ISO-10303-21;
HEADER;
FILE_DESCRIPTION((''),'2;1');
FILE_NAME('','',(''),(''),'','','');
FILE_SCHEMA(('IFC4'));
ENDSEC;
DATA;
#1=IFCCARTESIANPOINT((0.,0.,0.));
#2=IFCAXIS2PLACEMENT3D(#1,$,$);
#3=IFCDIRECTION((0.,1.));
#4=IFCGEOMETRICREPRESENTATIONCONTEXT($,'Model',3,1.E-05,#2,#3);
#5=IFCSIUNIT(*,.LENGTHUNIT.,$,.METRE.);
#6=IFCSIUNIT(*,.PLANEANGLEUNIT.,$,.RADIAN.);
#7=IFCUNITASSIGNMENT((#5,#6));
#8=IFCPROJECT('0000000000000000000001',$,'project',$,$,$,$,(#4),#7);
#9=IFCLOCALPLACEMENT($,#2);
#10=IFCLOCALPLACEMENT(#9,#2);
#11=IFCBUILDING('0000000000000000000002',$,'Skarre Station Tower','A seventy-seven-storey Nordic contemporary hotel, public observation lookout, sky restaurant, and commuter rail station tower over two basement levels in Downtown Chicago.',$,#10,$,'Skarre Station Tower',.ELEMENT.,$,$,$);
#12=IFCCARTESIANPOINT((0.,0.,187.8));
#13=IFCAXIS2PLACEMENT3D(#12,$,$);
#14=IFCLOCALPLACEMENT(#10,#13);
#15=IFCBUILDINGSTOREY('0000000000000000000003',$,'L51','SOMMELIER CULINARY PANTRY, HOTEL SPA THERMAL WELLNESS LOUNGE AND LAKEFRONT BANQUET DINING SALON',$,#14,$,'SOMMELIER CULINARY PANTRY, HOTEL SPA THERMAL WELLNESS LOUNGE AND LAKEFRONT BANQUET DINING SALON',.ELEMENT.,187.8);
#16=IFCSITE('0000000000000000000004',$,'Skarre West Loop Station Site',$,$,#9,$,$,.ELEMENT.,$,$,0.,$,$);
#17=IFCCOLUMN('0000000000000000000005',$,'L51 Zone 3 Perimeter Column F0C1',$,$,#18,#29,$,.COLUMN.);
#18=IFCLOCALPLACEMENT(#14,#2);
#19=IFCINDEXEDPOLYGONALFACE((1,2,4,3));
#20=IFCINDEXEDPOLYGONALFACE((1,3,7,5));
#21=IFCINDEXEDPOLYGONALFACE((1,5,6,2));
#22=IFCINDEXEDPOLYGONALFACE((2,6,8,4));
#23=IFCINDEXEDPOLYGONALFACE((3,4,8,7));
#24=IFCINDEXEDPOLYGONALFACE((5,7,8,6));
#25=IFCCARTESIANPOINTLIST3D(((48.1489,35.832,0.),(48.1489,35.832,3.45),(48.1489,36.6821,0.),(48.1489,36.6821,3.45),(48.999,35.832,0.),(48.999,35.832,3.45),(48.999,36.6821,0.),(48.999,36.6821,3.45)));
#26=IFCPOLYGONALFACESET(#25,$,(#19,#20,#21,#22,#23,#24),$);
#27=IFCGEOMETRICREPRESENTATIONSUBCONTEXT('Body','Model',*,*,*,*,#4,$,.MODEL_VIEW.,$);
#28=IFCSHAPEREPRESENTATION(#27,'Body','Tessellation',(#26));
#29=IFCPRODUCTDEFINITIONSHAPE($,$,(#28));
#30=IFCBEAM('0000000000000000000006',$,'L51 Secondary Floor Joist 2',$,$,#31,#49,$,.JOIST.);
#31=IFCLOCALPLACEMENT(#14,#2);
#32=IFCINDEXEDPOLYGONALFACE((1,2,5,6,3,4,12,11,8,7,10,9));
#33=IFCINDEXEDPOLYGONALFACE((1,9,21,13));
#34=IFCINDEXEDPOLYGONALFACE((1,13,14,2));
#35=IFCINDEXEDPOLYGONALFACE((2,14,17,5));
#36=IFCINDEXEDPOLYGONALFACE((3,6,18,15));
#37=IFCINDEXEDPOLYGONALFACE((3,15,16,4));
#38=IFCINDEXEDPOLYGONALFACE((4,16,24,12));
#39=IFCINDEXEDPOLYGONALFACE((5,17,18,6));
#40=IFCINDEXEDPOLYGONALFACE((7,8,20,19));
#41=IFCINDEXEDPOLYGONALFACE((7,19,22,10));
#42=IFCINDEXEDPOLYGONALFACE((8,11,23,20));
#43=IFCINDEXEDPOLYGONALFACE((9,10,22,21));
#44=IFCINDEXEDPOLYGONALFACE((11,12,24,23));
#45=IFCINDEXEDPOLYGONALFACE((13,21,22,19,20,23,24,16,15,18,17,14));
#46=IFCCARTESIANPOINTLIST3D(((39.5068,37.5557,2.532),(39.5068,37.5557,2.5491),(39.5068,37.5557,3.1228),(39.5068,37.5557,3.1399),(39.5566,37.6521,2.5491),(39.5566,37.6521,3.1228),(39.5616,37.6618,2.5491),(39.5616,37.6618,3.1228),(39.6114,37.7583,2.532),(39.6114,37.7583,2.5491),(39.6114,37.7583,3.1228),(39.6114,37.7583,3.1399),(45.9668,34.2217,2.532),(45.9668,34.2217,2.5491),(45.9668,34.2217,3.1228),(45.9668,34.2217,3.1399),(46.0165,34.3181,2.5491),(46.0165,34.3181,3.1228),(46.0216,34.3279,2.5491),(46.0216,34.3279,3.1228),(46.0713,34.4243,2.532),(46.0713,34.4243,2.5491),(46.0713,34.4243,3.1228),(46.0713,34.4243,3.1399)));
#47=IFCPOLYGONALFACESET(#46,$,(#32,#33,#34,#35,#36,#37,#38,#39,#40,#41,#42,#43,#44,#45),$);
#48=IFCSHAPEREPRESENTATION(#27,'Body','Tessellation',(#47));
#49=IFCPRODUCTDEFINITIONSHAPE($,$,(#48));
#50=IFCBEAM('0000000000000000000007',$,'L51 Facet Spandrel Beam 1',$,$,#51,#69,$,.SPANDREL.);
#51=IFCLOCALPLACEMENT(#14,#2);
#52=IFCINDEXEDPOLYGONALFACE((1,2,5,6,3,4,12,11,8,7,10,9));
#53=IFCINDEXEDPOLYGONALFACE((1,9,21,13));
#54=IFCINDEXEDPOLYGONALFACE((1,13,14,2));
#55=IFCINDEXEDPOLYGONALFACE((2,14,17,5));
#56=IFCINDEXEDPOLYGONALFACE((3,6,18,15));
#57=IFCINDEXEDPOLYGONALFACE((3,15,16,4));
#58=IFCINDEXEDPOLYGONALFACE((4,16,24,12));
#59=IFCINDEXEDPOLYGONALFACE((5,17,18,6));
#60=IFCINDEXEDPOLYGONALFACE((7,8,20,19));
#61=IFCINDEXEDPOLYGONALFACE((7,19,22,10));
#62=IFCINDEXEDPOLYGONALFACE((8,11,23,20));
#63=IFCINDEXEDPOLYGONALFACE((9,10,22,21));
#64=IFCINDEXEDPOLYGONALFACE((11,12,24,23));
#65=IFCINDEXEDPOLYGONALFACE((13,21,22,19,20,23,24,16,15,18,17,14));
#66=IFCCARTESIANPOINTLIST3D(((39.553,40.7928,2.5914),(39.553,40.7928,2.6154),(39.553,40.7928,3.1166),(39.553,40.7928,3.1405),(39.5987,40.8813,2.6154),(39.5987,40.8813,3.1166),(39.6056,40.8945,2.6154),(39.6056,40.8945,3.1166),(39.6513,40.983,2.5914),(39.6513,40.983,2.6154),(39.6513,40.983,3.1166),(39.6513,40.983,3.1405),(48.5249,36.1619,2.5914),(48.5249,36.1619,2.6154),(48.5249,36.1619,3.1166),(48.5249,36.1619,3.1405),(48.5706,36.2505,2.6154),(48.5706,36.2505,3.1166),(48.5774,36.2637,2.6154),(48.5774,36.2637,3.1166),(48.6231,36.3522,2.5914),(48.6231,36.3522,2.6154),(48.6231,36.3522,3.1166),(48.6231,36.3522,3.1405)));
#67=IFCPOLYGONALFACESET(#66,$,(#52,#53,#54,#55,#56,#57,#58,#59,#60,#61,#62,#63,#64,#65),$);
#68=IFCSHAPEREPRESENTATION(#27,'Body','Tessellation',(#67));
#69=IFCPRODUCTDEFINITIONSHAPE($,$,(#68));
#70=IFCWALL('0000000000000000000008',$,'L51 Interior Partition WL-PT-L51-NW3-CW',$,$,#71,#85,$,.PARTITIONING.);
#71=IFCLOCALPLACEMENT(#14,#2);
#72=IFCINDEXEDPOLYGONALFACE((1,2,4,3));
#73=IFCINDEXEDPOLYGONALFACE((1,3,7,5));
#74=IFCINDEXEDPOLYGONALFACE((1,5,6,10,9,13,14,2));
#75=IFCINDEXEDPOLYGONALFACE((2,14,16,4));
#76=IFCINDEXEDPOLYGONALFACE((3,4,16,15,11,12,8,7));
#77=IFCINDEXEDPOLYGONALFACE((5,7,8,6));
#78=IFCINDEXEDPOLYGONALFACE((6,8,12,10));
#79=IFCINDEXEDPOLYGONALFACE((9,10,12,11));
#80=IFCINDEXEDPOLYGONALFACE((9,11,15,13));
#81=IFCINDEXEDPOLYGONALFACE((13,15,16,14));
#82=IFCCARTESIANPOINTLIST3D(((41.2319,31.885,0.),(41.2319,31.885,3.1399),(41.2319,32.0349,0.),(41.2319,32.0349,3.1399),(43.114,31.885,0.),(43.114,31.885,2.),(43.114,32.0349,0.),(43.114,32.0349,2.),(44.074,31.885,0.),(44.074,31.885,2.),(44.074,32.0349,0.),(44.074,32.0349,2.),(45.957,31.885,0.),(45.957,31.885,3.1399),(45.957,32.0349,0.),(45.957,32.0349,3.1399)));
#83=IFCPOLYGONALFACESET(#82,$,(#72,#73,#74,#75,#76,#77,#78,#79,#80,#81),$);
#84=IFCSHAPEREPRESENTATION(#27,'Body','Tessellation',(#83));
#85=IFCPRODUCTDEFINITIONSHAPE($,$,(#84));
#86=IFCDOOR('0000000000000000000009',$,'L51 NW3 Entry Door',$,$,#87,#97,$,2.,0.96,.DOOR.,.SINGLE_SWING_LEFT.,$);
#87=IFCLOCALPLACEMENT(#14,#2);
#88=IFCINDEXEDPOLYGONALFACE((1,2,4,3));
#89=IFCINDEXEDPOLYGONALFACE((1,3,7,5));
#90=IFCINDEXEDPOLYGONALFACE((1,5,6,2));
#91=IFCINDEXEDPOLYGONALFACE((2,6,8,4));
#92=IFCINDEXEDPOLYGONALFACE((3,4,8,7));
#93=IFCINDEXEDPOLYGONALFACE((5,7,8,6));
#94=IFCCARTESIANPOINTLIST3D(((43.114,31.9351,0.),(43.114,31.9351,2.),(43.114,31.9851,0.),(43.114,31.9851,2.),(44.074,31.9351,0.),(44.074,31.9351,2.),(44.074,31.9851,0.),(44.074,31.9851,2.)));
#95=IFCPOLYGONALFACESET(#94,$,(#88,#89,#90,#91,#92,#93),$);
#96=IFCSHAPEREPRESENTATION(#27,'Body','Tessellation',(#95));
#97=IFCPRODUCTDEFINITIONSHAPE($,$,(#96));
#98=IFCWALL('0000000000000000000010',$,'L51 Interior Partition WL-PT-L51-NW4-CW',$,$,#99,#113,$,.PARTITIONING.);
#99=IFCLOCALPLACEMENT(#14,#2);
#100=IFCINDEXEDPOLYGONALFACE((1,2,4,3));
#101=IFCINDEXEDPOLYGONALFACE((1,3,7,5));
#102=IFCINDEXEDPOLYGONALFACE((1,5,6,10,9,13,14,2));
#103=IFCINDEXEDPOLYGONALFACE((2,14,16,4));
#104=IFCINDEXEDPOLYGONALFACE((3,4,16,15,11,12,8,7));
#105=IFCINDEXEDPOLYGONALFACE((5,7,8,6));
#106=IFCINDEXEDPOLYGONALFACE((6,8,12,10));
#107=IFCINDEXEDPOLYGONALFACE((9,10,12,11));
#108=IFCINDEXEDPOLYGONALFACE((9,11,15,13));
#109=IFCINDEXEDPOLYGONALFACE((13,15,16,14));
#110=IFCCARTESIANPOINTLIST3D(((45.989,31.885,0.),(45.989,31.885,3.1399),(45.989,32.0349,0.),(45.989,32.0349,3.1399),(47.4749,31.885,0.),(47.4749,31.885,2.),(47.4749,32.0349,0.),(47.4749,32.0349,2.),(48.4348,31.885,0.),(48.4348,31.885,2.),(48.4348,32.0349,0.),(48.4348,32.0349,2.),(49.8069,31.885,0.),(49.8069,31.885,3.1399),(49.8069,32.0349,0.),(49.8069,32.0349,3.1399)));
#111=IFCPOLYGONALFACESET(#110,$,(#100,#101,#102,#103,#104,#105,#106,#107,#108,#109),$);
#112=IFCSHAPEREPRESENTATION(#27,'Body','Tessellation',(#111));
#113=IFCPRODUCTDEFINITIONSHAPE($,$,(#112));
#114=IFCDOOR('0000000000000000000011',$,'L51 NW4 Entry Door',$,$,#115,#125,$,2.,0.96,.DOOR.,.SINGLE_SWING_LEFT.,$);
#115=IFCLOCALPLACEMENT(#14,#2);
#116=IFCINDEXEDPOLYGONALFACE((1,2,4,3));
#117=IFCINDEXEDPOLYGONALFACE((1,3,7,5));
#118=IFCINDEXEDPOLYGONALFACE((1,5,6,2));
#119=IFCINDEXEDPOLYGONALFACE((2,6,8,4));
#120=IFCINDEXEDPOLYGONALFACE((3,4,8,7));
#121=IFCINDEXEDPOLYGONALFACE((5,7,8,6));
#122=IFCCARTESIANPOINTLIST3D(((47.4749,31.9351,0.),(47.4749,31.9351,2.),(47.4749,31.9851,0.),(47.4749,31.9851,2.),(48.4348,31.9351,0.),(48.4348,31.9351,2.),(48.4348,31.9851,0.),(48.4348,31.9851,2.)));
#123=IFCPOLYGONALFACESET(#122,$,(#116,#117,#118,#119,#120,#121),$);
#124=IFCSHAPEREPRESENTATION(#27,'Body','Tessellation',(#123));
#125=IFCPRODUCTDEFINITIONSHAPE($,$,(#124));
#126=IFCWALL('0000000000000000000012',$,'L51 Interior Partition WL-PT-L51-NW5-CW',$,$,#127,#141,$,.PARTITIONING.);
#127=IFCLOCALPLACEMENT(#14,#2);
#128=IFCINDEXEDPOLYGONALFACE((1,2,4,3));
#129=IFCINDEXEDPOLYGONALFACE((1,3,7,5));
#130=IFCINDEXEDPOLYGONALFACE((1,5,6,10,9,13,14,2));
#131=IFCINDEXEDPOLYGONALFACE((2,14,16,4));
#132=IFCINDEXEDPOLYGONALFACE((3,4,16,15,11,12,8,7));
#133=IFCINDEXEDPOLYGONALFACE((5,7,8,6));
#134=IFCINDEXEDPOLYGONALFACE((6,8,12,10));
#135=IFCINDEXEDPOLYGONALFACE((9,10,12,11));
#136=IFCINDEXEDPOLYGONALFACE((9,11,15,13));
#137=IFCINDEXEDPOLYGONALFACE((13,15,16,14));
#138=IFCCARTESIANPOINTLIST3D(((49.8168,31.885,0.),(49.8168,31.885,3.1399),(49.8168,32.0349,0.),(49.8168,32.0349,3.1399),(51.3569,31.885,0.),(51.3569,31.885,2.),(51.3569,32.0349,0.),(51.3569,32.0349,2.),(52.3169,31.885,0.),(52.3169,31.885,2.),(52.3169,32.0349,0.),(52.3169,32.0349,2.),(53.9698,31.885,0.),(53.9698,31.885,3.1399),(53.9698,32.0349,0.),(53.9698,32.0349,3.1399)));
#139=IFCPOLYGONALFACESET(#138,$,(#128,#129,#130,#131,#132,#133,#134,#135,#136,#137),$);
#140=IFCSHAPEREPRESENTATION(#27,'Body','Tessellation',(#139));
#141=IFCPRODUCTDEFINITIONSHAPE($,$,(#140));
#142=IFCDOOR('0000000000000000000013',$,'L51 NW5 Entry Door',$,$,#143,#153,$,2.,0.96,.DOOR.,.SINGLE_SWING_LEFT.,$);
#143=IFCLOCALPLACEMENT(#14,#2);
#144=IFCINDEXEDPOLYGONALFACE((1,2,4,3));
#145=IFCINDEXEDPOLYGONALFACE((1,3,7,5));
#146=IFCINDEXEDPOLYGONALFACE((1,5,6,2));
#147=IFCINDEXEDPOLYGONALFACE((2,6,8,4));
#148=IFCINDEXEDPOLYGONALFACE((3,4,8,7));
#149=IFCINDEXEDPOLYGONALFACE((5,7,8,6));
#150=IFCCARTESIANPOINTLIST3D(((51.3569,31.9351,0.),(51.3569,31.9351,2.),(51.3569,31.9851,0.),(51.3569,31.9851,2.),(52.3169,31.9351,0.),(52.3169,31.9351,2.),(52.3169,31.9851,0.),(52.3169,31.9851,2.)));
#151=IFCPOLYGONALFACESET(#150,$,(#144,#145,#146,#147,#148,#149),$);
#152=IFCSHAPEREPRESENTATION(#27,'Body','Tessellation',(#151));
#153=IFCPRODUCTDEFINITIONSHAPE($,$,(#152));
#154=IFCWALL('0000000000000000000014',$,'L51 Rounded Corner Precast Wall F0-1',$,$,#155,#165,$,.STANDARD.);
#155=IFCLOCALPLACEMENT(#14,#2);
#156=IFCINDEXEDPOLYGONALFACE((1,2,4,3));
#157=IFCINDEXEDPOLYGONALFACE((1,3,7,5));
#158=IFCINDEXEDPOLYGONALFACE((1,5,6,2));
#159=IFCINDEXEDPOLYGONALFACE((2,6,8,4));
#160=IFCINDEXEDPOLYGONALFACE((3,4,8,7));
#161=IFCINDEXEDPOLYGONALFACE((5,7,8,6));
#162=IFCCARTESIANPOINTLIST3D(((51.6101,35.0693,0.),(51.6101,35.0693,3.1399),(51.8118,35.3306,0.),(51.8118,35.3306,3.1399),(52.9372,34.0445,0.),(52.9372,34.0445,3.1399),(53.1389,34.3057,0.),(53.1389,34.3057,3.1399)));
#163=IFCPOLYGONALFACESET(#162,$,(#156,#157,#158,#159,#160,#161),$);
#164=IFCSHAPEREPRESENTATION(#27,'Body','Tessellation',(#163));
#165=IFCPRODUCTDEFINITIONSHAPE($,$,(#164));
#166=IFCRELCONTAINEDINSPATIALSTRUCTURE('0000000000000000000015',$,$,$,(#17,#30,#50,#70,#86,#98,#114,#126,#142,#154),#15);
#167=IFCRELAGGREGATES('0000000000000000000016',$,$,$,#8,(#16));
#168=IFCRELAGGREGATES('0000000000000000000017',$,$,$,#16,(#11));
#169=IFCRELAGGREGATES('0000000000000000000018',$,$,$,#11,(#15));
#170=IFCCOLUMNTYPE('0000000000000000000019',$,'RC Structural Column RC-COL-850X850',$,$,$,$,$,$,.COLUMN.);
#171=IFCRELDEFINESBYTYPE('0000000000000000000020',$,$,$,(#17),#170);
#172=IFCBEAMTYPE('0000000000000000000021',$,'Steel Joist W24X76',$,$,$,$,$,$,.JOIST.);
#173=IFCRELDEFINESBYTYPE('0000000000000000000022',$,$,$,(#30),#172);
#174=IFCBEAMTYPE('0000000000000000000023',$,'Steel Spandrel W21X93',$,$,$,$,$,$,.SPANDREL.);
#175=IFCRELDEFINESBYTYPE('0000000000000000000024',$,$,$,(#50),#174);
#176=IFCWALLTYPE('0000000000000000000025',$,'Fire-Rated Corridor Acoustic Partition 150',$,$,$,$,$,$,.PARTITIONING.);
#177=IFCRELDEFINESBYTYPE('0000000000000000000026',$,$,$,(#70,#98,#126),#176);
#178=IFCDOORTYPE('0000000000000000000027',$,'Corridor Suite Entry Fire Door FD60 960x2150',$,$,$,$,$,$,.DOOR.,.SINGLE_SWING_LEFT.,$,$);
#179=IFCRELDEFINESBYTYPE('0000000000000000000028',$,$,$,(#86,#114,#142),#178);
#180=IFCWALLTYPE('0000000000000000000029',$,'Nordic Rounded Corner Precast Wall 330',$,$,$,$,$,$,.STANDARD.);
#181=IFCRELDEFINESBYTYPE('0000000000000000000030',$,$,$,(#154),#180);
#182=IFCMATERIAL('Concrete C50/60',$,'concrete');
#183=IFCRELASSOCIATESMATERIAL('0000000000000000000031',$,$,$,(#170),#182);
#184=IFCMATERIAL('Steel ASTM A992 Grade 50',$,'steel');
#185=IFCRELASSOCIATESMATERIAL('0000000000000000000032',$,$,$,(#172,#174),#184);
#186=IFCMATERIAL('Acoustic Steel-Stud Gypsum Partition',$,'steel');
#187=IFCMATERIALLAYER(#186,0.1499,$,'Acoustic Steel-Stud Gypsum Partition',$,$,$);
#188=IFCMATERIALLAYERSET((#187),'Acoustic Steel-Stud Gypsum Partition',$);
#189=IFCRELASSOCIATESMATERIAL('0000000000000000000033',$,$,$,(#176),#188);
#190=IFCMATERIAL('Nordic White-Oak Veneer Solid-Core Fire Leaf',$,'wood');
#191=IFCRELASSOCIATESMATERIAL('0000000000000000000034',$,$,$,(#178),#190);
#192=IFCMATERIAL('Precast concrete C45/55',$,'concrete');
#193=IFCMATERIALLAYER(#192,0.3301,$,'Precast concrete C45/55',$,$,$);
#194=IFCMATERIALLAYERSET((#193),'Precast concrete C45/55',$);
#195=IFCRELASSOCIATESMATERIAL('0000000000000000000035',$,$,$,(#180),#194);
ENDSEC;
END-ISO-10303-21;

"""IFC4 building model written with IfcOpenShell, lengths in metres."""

from ifc_helpers import new_model, si_unit, direction, frame, frame_2d, origin, origin_2d, place, context, subcontext, project, spatial, rectangle, i_section, extrude, material, layer, layer_set, material_profile, profile_set, type_object, element, fill, save


model = new_model("IFC4")

# Units and contexts
model_context = context("Model", 3, precision=1e-05, world=origin(), true_north=direction((0.0, 1.0)))
body_context = subcontext(model_context, "Body", "Model", "MODEL_VIEW")
ifc_project = project(units=[si_unit("LENGTHUNIT", "METRE"), si_unit("PLANEANGLEUNIT", "RADIAN")], contexts=[model_context])

# Site, building, storey
site_placement = place(None, origin())
site = spatial("IfcSite", under=ifc_project, at=site_placement, Name="Skarre West Loop Station Site", CompositionType="ELEMENT", RefElevation=0.0)
building_placement = place(site_placement, origin())
building = spatial("IfcBuilding", under=site, at=building_placement, Name="Skarre Station Tower", Description="A seventy-seven-storey Nordic contemporary hotel, public observation lookout, sky restaurant, and commuter rail station tower over two basement levels in Downtown Chicago.", LongName="Skarre Station Tower", CompositionType="ELEMENT")
storey_placement = place(building_placement, frame((0.0, 0.0, 187.8)))
storey = spatial("IfcBuildingStorey", under=building, at=storey_placement, Name="L51", Description="SOMMELIER CULINARY PANTRY, HOTEL SPA THERMAL WELLNESS LOUNGE AND LAKEFRONT BANQUET DINING SALON", LongName="SOMMELIER CULINARY PANTRY, HOTEL SPA THERMAL WELLNESS LOUNGE AND LAKEFRONT BANQUET DINING SALON", CompositionType="ELEMENT", Elevation=187.8)

# Column
ifc_material_1 = material(Name="Concrete C50/60", Category="concrete")
ifc_material_profile_1 = material_profile(ifc_material_1, rectangle(XDim=0.8501, YDim=0.8501, at=origin_2d()), Name="Concrete C50/60")
ifc_profile_set_1 = profile_set([ifc_material_profile_1], Name="Concrete C50/60")
column_type = type_object("IfcColumnType", Name="RC Structural Column RC-COL-850X850", PredefinedType="COLUMN", material=ifc_profile_set_1)
column_placement = place(storey_placement, frame((48.574, 36.2571, 0.0), z_axis=(0.0, 0.0, 1.0), x_axis=(1.0, 0.0, 0.0)))
element("IfcColumn", 1, at=column_placement, inside=storey, type_object=column_type, Name="L51 Zone 3 Perimeter Column F0C1", PredefinedType="COLUMN", context=body_context, shape_type="SweptSolid", body=[
    extrude(rectangle(XDim=0.8501, YDim=0.8501, at=origin_2d()), origin(), (0.0, 0.0, 1.0), 3.45),
])

# Beams
ifc_material_2 = material(Name="Steel ASTM A992 Grade 50", Category="steel")
ifc_material_profile_2 = material_profile(ifc_material_2, i_section(OverallWidth=0.228, OverallDepth=0.6079, WebThickness=0.011, FlangeThickness=0.0171, at=origin_2d()), Name="Steel ASTM A992 Grade 50")
ifc_profile_set_2 = profile_set([ifc_material_profile_2], Name="Steel ASTM A992 Grade 50")
beam_type_1 = type_object("IfcBeamType", Name="Steel Joist W24X76", PredefinedType="JOIST", material=ifc_profile_set_2)
beam_1_placement = place(storey_placement, frame((46.019, 34.323, 2.8359), z_axis=(-0.888631, 0.458622, 0.0), x_axis=(-0.458622, -0.888631, 0.0)))
element("IfcBeam", 2, at=beam_1_placement, inside=storey, type_object=beam_type_1, Name="L51 Secondary Floor Joist 2", PredefinedType="JOIST", context=body_context, shape_type="SweptSolid", body=[
    extrude(i_section(OverallWidth=0.228, OverallDepth=0.6079, WebThickness=0.011, FlangeThickness=0.0171, at=origin_2d()), origin(), (0.0, 0.0, 1.0), 7.2695),
])
ifc_material_profile_3 = material_profile(ifc_material_2, i_section(OverallWidth=0.2141, OverallDepth=0.5491, WebThickness=0.0149, FlangeThickness=0.0239, at=origin_2d()), Name="Steel ASTM A992 Grade 50")
ifc_profile_set_3 = profile_set([ifc_material_profile_3], Name="Steel ASTM A992 Grade 50")
beam_type_2 = type_object("IfcBeamType", Name="Steel Spandrel W21X93", PredefinedType="SPANDREL", material=ifc_profile_set_3)
beam_2_placement = place(storey_placement, frame((48.574, 36.2571, 2.866), z_axis=(-0.888613, 0.458658, 0.0), x_axis=(-0.458658, -0.888613, 0.0)))
element("IfcBeam", 3, at=beam_2_placement, inside=storey, type_object=beam_type_2, Name="L51 Facet Spandrel Beam 1", PredefinedType="SPANDREL", context=body_context, shape_type="SweptSolid", body=[
    extrude(i_section(OverallWidth=0.2141, OverallDepth=0.5491, WebThickness=0.0149, FlangeThickness=0.0239, at=origin_2d()), origin(), (0.0, 0.0, 1.0), 10.0964),
])

# Walls, openings, doors
ifc_material_3 = material(Name="Acoustic Steel-Stud Gypsum Partition", Category="steel")
ifc_layer_1 = layer(ifc_material_3, 0.1499, Name="Acoustic Steel-Stud Gypsum Partition")
ifc_layer_set_1 = layer_set([ifc_layer_1], Name="Acoustic Steel-Stud Gypsum Partition")
wall_type_1 = type_object("IfcWallType", Name="Fire-Rated Corridor Acoustic Partition 150", PredefinedType="PARTITIONING", material=ifc_layer_set_1)
wall_1_placement = place(storey_placement, frame((45.957, 31.96, 0.0), z_axis=(0.0, 0.0, 1.0), x_axis=(-1.0, 0.0, 0.0)))
wall_1 = element("IfcWall", 4, at=wall_1_placement, inside=storey, type_object=wall_type_1, Name="L51 Interior Partition WL-PT-L51-NW3-CW", PredefinedType="PARTITIONING", context=body_context, shape_type="SweptSolid", body=[
    extrude(rectangle(XDim=4.7251, YDim=0.1499, at=frame_2d((2.3625, 0.0))), origin(), (0.0, 0.0, 1.0), 3.1399),
])
opening_1_placement = place(wall_1_placement, frame((1.8831, 0.0, 0.0)))
opening_1 = element("IfcOpeningElement", 5, at=opening_1_placement, cuts=wall_1, PredefinedType="OPENING", context=body_context, shape_type="SweptSolid", body=[
    extrude(rectangle(XDim=0.96, YDim=2.0, at=frame_2d((0.48, 1.0))), frame((0.0, 0.085, 0.0), z_axis=(0.0, -1.0, 0.0), x_axis=(1.0, 0.0, 0.0)), (0.0, 0.0, 1.0), 0.1699),
])
ifc_material_4 = material(Name="Nordic White-Oak Veneer Solid-Core Fire Leaf", Category="wood")
door_type = type_object("IfcDoorType", Name="Corridor Suite Entry Fire Door FD60 960x2150", OperationType="SINGLE_SWING_LEFT", PredefinedType="DOOR", material=ifc_material_4)
door_1_placement = place(opening_1_placement, origin())
door_1 = element("IfcDoor", 6, at=door_1_placement, inside=storey, type_object=door_type, Name="L51 NW3 Entry Door", OperationType="SINGLE_SWING_LEFT", OverallHeight=2.0, OverallWidth=0.96, PredefinedType="DOOR", context=body_context, shape_type="SweptSolid", body=[
    extrude(rectangle(XDim=0.96, YDim=2.0, at=frame_2d((0.48, 1.0))), frame((0.0, 0.0249, 0.0), z_axis=(0.0, -1.0, 0.0), x_axis=(1.0, 0.0, 0.0)), (0.0, 0.0, 1.0), 0.05),
])
fill(opening_1, door_1)
wall_2_placement = place(storey_placement, frame((49.8069, 31.96, 0.0), z_axis=(0.0, 0.0, 1.0), x_axis=(-1.0, 0.0, 0.0)))
wall_2 = element("IfcWall", 7, at=wall_2_placement, inside=storey, type_object=wall_type_1, Name="L51 Interior Partition WL-PT-L51-NW4-CW", PredefinedType="PARTITIONING", context=body_context, shape_type="SweptSolid", body=[
    extrude(rectangle(XDim=3.8179, YDim=0.1499, at=frame_2d((1.9089, 0.0))), origin(), (0.0, 0.0, 1.0), 3.1399),
])
opening_2_placement = place(wall_2_placement, frame((1.3721, 0.0, 0.0)))
opening_2 = element("IfcOpeningElement", 8, at=opening_2_placement, cuts=wall_2, PredefinedType="OPENING", context=body_context, shape_type="SweptSolid", body=[
    extrude(rectangle(XDim=0.96, YDim=2.0, at=frame_2d((0.48, 1.0))), frame((0.0, 0.085, 0.0), z_axis=(0.0, -1.0, 0.0), x_axis=(1.0, 0.0, 0.0)), (0.0, 0.0, 1.0), 0.1699),
])
door_2_placement = place(opening_2_placement, origin())
door_2 = element("IfcDoor", 9, at=door_2_placement, inside=storey, type_object=door_type, Name="L51 NW4 Entry Door", OperationType="SINGLE_SWING_LEFT", OverallHeight=2.0, OverallWidth=0.96, PredefinedType="DOOR", context=body_context, shape_type="SweptSolid", body=[
    extrude(rectangle(XDim=0.96, YDim=2.0, at=frame_2d((0.48, 1.0))), frame((0.0, 0.0249, 0.0), z_axis=(0.0, -1.0, 0.0), x_axis=(1.0, 0.0, 0.0)), (0.0, 0.0, 1.0), 0.05),
])
fill(opening_2, door_2)
wall_3_placement = place(storey_placement, frame((53.97, 31.96, 0.0), z_axis=(0.0, 0.0, 1.0), x_axis=(-1.0, 0.0, 0.0)))
wall_3 = element("IfcWall", 10, at=wall_3_placement, inside=storey, type_object=wall_type_1, Name="L51 Interior Partition WL-PT-L51-NW5-CW", PredefinedType="PARTITIONING", context=body_context, shape_type="SweptSolid", body=[
    extrude(rectangle(XDim=4.1531, YDim=0.1499, at=frame_2d((2.0767, 0.0))), origin(), (0.0, 0.0, 1.0), 3.1399),
])
opening_3_placement = place(wall_3_placement, frame((1.6531, 0.0, 0.0)))
opening_3 = element("IfcOpeningElement", 11, at=opening_3_placement, cuts=wall_3, PredefinedType="OPENING", context=body_context, shape_type="SweptSolid", body=[
    extrude(rectangle(XDim=0.96, YDim=2.0, at=frame_2d((0.48, 1.0))), frame((0.0, 0.085, 0.0), z_axis=(0.0, -1.0, 0.0), x_axis=(1.0, 0.0, 0.0)), (0.0, 0.0, 1.0), 0.1699),
])
door_3_placement = place(opening_3_placement, origin())
door_3 = element("IfcDoor", 12, at=door_3_placement, inside=storey, type_object=door_type, Name="L51 NW5 Entry Door", OperationType="SINGLE_SWING_LEFT", OverallHeight=2.0, OverallWidth=0.96, PredefinedType="DOOR", context=body_context, shape_type="SweptSolid", body=[
    extrude(rectangle(XDim=0.96, YDim=2.0, at=frame_2d((0.48, 1.0))), frame((0.0, 0.0249, 0.0), z_axis=(0.0, -1.0, 0.0), x_axis=(1.0, 0.0, 0.0)), (0.0, 0.0, 1.0), 0.05),
])
fill(opening_3, door_3)

# Wall
ifc_material_5 = material(Name="Precast concrete C45/55", Category="concrete")
ifc_layer_2 = layer(ifc_material_5, 0.3301, Name="Precast concrete C45/55")
ifc_layer_set_2 = layer_set([ifc_layer_2], Name="Precast concrete C45/55")
wall_type_2 = type_object("IfcWallType", Name="Nordic Rounded Corner Precast Wall 330", PredefinedType="STANDARD", material=ifc_layer_set_2)
wall_4_placement = place(storey_placement, frame((51.7109, 35.2, 0.0), z_axis=(0.0, 0.0, 1.0), x_axis=(0.791464, -0.611215, 0.0)))
element("IfcWall", 13, at=wall_4_placement, inside=storey, type_object=wall_type_2, Name="L51 Rounded Corner Precast Wall F0-1", PredefinedType="STANDARD", context=body_context, shape_type="SweptSolid", body=[
    extrude(rectangle(XDim=1.6768, YDim=0.3301, at=frame_2d((0.8384, 0.0))), origin(), (0.0, 0.0, 1.0), 3.1399),
])

save(model, "model.ifc")
